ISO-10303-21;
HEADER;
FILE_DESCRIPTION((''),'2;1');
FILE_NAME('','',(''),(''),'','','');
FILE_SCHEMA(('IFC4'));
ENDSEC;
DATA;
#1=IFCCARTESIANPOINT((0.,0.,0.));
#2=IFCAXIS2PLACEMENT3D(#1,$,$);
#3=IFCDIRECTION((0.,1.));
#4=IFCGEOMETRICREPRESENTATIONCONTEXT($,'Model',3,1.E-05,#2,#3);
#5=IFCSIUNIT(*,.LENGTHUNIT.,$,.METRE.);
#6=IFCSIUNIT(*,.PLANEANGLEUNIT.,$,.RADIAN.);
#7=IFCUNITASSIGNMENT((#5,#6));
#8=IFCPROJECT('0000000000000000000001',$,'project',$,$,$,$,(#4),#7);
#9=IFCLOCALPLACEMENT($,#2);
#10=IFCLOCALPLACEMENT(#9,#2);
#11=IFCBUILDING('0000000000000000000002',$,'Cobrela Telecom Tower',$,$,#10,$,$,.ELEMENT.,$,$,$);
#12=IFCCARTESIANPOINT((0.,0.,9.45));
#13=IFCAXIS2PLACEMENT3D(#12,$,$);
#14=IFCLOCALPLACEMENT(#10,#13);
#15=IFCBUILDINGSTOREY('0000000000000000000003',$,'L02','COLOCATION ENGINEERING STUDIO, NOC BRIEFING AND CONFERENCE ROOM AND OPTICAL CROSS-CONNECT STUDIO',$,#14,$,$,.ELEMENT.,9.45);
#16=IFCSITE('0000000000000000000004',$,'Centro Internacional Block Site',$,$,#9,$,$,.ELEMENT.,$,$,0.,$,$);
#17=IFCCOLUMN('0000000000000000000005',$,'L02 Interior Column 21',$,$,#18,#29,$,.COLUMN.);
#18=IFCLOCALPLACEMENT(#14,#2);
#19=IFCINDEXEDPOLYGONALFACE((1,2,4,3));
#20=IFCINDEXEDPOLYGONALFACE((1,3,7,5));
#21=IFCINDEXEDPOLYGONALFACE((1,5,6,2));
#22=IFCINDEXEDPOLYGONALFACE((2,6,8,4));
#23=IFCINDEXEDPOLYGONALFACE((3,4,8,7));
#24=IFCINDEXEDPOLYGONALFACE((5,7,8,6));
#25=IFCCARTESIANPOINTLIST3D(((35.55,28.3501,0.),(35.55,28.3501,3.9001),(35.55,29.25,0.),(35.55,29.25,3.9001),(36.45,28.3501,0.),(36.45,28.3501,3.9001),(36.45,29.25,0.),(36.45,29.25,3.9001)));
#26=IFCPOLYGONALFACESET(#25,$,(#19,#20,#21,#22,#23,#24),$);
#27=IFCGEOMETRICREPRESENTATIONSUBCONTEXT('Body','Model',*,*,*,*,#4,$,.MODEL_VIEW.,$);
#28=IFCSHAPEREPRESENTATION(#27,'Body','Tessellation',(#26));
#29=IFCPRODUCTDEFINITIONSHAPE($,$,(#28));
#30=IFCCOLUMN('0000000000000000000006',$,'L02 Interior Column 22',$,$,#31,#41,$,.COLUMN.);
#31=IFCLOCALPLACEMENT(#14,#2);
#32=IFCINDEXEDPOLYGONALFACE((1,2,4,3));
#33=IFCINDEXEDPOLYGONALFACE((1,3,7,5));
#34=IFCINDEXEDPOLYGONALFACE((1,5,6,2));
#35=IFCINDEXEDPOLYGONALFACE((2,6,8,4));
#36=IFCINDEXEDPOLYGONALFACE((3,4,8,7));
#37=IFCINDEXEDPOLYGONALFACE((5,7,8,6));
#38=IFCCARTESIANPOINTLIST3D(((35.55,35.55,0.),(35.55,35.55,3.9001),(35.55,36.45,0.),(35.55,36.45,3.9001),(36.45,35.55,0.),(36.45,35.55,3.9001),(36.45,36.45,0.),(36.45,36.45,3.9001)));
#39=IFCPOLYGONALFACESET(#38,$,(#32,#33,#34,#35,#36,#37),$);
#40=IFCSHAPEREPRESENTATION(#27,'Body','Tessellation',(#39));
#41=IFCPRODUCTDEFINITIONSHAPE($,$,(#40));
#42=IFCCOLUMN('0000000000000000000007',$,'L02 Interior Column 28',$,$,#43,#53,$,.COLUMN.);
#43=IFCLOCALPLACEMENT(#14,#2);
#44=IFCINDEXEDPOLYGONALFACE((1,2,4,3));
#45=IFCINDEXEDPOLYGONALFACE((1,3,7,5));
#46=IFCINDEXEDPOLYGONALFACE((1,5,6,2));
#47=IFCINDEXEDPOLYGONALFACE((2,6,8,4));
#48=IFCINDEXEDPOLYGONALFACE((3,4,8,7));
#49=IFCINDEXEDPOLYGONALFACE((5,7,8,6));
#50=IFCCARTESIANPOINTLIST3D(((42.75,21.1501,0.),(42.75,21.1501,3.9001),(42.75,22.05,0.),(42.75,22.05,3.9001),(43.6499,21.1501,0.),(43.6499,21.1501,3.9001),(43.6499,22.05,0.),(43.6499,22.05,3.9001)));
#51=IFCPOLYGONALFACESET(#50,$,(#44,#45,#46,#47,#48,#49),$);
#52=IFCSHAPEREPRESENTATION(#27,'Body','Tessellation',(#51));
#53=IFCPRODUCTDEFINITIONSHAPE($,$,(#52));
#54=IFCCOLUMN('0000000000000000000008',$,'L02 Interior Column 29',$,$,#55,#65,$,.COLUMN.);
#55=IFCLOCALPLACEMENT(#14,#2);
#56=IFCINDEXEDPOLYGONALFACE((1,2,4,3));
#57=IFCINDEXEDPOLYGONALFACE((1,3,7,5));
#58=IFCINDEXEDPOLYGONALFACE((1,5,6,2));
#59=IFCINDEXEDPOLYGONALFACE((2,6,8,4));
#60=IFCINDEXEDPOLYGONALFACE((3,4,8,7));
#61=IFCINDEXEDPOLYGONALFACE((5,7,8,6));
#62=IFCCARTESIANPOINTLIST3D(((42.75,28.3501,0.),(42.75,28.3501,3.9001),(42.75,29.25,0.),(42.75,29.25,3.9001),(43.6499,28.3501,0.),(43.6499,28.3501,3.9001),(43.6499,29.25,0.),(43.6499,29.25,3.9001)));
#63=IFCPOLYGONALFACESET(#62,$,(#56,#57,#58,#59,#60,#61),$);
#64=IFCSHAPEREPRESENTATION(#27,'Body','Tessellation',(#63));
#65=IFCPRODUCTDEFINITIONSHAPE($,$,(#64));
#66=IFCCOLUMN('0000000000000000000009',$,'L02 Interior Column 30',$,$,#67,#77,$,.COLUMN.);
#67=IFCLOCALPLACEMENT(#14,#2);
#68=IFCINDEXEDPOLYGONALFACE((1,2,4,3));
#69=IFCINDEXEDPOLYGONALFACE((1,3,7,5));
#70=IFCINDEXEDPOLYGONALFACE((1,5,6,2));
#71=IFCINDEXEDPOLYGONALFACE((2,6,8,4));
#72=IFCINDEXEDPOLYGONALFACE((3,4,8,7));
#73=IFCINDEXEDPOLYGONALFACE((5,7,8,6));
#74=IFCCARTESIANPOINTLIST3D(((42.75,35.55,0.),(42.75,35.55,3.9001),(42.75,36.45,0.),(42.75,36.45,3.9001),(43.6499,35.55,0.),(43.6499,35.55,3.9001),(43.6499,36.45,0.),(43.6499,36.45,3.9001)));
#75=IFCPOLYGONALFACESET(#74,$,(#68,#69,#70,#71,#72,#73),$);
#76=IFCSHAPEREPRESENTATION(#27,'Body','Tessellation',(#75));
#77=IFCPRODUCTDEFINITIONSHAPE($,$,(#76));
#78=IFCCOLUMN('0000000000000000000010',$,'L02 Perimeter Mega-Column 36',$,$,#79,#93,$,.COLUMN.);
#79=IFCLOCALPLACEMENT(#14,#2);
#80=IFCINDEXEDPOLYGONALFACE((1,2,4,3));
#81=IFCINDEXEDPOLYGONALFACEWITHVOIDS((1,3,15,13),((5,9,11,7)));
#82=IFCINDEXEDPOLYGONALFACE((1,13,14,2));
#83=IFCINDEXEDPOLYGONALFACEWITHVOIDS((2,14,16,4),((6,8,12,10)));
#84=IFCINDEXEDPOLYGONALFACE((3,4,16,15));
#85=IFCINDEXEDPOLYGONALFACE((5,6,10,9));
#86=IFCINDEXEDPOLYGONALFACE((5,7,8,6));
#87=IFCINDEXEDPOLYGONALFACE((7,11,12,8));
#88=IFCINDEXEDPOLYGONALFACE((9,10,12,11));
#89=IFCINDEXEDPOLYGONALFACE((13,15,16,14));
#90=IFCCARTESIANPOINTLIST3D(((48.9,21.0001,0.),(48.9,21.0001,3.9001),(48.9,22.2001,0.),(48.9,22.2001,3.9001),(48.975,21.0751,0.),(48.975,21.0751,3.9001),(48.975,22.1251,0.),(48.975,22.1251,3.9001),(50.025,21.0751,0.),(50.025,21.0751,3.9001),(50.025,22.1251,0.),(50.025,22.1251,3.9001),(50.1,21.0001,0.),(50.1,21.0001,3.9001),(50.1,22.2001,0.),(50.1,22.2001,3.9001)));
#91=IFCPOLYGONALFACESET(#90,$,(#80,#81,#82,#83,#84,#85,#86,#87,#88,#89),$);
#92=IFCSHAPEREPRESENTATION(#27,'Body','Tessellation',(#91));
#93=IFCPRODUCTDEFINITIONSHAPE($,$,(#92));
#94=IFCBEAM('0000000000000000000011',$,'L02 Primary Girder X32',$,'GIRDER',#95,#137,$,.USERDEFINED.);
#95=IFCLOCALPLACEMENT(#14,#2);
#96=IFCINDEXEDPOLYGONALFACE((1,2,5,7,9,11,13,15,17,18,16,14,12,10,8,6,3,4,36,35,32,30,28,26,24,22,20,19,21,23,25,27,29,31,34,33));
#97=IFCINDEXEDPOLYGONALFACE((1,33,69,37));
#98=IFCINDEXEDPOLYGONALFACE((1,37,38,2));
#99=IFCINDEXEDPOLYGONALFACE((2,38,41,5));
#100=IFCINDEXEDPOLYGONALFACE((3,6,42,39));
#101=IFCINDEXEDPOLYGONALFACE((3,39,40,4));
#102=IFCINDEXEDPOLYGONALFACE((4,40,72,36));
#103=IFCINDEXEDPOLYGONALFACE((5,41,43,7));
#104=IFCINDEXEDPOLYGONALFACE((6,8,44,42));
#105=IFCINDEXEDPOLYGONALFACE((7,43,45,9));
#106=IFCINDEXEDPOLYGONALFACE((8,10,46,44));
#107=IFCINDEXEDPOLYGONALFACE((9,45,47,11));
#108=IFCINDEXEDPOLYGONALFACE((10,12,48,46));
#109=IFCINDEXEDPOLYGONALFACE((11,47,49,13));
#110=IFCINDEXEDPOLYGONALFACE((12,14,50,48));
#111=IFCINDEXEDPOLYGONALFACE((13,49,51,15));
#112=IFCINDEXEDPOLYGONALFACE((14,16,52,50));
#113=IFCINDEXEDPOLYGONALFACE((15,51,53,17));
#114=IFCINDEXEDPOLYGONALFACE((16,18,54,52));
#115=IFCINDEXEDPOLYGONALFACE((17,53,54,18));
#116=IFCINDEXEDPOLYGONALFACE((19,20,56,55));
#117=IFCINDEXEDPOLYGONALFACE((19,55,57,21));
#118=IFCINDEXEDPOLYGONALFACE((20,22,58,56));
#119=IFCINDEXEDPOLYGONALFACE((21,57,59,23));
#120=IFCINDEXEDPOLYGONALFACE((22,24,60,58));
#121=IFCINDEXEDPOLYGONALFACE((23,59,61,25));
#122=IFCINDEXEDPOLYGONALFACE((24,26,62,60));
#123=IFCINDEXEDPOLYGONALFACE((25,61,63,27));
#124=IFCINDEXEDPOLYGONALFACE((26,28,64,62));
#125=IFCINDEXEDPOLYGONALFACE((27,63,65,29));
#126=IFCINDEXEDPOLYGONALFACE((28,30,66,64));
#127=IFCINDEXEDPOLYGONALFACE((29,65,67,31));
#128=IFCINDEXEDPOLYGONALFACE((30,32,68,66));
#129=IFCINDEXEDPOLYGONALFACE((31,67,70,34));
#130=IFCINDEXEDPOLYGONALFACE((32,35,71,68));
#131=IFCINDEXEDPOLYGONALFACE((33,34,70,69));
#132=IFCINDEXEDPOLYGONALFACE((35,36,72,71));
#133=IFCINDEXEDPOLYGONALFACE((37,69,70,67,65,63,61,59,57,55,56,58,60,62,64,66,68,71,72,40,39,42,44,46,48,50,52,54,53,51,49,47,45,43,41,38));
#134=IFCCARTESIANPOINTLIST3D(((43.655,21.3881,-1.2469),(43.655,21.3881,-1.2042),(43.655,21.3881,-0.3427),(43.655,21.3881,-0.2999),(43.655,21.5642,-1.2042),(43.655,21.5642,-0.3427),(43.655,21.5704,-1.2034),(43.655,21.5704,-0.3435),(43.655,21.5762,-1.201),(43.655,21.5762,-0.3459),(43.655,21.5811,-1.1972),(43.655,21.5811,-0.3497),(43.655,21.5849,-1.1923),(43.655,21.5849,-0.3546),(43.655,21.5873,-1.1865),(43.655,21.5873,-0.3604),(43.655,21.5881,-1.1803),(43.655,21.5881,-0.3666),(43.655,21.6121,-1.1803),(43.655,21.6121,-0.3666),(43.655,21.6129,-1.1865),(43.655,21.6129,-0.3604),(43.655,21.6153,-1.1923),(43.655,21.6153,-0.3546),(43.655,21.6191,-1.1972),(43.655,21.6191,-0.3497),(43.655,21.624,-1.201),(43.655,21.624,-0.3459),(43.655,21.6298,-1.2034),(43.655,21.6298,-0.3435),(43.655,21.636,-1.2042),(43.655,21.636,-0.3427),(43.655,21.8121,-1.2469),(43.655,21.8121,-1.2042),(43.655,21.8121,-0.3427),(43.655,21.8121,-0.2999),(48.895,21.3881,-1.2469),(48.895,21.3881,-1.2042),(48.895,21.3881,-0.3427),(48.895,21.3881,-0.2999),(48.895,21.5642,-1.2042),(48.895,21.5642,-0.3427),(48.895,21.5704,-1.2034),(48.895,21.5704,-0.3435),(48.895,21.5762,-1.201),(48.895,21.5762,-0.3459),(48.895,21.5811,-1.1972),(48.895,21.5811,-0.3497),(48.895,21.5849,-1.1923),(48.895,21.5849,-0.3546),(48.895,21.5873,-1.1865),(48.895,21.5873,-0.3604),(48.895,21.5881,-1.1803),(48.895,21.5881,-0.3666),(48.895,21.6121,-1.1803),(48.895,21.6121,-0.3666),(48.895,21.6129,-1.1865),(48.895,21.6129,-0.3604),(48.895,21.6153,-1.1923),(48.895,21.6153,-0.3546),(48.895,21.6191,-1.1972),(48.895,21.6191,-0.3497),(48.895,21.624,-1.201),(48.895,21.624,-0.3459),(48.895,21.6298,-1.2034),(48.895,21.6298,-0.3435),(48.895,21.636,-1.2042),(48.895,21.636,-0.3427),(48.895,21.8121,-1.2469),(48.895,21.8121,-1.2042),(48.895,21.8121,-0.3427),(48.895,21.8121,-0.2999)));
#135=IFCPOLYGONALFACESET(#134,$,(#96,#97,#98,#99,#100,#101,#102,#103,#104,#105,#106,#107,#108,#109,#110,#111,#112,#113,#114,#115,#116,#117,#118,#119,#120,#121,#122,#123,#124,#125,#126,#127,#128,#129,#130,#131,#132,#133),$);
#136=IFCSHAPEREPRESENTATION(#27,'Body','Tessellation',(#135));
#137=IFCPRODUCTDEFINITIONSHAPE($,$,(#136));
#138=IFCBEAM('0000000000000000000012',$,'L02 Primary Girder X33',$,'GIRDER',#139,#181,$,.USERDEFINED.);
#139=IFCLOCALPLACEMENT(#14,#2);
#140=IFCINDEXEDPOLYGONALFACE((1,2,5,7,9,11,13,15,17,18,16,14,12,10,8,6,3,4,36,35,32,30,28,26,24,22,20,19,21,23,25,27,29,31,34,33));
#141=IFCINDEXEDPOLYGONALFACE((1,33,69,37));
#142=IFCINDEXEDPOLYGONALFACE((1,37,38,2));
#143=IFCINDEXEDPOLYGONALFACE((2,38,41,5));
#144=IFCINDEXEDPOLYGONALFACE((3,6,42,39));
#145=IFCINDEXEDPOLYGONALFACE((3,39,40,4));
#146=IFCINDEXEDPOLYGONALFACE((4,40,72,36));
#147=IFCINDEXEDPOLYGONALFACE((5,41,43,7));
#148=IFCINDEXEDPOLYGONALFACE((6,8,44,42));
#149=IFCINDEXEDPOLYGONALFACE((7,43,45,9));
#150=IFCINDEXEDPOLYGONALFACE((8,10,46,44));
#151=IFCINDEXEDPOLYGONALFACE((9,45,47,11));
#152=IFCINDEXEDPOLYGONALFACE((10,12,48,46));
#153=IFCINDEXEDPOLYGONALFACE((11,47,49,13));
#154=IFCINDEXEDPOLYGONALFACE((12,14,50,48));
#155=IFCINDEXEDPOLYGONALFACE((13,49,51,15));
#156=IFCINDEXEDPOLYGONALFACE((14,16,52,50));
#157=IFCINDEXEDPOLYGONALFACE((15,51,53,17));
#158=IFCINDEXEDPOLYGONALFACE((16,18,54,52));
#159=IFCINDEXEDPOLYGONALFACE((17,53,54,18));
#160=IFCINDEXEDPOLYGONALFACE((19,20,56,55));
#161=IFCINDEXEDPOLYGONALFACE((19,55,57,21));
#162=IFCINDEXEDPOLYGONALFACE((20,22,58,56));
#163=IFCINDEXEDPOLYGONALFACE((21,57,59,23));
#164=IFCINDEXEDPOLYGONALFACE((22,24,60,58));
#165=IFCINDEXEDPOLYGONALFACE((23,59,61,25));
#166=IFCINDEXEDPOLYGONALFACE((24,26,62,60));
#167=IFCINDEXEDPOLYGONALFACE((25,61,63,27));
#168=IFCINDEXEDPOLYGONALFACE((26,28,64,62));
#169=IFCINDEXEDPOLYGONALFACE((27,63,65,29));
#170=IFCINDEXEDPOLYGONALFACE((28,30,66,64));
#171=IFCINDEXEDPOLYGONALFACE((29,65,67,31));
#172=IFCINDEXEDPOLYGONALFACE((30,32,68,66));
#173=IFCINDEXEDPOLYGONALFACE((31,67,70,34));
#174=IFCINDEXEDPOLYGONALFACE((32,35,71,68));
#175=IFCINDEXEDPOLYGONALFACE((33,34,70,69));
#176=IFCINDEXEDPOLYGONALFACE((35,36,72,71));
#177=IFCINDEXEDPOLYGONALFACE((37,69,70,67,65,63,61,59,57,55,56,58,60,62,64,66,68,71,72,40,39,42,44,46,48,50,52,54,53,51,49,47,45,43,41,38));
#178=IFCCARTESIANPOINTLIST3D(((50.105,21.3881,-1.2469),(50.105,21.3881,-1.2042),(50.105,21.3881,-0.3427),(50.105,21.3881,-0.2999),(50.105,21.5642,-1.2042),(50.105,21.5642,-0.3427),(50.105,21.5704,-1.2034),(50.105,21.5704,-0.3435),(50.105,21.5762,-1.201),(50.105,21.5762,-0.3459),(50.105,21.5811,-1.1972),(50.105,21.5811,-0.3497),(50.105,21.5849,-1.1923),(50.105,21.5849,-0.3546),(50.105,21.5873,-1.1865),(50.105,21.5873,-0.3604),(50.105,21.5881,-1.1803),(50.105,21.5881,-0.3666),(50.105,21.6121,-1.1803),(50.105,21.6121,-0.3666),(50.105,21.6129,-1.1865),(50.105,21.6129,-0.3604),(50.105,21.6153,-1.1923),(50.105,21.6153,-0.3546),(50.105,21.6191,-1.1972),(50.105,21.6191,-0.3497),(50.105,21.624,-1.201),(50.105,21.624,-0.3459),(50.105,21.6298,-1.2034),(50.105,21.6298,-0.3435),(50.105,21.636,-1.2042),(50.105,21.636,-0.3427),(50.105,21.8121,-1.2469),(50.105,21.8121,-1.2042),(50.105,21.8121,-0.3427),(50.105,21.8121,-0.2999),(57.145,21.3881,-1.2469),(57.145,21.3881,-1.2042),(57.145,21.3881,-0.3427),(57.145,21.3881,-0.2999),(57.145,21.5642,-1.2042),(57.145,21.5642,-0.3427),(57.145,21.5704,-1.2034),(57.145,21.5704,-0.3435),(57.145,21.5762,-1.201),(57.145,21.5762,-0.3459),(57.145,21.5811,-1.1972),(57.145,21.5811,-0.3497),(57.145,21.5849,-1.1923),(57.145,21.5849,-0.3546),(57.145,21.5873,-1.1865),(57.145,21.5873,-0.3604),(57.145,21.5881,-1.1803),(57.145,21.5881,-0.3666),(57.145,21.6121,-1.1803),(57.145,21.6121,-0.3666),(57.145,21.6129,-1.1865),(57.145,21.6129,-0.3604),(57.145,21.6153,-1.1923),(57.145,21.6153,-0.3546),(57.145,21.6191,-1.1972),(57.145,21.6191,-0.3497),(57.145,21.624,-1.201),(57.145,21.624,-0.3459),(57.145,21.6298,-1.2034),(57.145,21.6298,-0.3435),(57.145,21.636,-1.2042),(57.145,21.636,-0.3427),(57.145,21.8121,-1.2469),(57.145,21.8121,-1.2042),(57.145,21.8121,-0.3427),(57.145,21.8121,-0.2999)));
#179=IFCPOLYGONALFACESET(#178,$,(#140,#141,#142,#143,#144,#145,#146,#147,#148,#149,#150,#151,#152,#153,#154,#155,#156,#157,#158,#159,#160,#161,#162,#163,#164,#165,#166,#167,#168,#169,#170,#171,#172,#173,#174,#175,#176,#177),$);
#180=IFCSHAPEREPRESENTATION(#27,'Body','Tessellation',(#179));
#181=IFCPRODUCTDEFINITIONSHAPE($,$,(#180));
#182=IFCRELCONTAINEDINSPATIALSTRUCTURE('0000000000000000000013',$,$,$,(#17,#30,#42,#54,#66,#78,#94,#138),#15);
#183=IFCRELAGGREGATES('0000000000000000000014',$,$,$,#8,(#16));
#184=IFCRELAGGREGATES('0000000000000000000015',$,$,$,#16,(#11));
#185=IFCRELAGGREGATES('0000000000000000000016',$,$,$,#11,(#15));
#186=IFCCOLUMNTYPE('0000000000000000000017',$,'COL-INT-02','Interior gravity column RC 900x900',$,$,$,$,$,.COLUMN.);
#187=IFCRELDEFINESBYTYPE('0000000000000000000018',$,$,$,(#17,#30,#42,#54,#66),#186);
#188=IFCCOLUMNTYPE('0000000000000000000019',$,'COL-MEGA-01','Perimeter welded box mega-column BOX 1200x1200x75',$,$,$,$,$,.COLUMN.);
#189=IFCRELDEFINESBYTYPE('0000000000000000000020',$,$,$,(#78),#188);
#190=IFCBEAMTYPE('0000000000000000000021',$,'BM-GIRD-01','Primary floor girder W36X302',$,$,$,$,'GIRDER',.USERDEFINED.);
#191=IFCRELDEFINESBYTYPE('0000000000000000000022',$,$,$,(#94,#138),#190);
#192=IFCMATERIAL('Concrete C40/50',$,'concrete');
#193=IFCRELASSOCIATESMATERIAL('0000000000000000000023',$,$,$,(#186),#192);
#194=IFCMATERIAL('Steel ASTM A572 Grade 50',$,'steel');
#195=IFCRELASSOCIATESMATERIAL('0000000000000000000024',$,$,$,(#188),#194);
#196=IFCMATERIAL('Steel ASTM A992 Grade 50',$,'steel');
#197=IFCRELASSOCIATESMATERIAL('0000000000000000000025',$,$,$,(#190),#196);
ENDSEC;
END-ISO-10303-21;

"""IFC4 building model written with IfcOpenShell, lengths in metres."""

from ifc_helpers import new_model, si_unit, direction, frame, origin, origin_2d, place, context, subcontext, project, spatial, rectangle, hollow_rectangle, i_section, extrude, material, material_profile, profile_set, type_object, element, save


model = new_model("IFC4")

# Units and contexts
model_context = context("Model", 3, precision=1e-05, world=origin(), true_north=direction((0.0, 1.0)))
body_context = subcontext(model_context, "Body", "Model", "MODEL_VIEW")
ifc_project = project(units=[si_unit("LENGTHUNIT", "METRE"), si_unit("PLANEANGLEUNIT", "RADIAN")], contexts=[model_context])

# Site, building, storey
site_placement = place(None, origin())
site = spatial("IfcSite", under=ifc_project, at=site_placement, Name="Centro Internacional Block Site", CompositionType="ELEMENT", RefElevation=0.0)
building_placement = place(site_placement, origin())
building = spatial("IfcBuilding", under=site, at=building_placement, Name="Cobrela Telecom Tower", CompositionType="ELEMENT")
storey_placement = place(building_placement, frame((0.0, 0.0, 9.45)))
storey = spatial("IfcBuildingStorey", under=building, at=storey_placement, Name="L02", Description="COLOCATION ENGINEERING STUDIO, NOC BRIEFING AND CONFERENCE ROOM AND OPTICAL CROSS-CONNECT STUDIO", CompositionType="ELEMENT", Elevation=9.45)

# Columns
ifc_material_1 = material(Name="Concrete C40/50", Category="concrete")
ifc_material_profile_1 = material_profile(ifc_material_1, rectangle(XDim=0.8999, YDim=0.8999, at=origin_2d()), Name="RC 900x900")
ifc_profile_set_1 = profile_set([ifc_material_profile_1], Name="Concrete C40/50")
column_type_1 = type_object("IfcColumnType", Name="COL-INT-02", Description="Interior gravity column RC 900x900", PredefinedType="COLUMN", material=ifc_profile_set_1)
for number, where, z_axis, x_axis, name in (
    (1, (36.0, 28.8, 0.0), (0.0, 0.0, 1.0), (1.0, 0.0, 0.0), "L02 Interior Column 21"),
    (2, (36.0, 36.0, 0.0), (0.0, 0.0, 1.0), (1.0, 0.0, 0.0), "L02 Interior Column 22"),
    (3, (43.2, 21.6001, 0.0), (0.0, 0.0, 1.0), (1.0, 0.0, 0.0), "L02 Interior Column 28"),
    (4, (43.2, 28.8, 0.0), (0.0, 0.0, 1.0), (1.0, 0.0, 0.0), "L02 Interior Column 29"),
    (5, (43.2, 36.0, 0.0), (0.0, 0.0, 1.0), (1.0, 0.0, 0.0), "L02 Interior Column 30"),
):
    element("IfcColumn", number, at=place(storey_placement, frame(where, z_axis=z_axis, x_axis=x_axis)), inside=storey, type_object=column_type_1, Name=name, PredefinedType="COLUMN", context=body_context, shape_type="SweptSolid", body=[
        extrude(rectangle(XDim=0.8999, YDim=0.8999, at=origin_2d()), origin(), (0.0, 0.0, 1.0), 3.9001),
    ])
ifc_material_2 = material(Name="Steel ASTM A572 Grade 50", Category="steel")
ifc_material_profile_2 = material_profile(ifc_material_2, hollow_rectangle(XDim=1.2, YDim=1.2, WallThickness=0.075, at=origin_2d()), Name="BOX 1200x1200x75")
ifc_profile_set_2 = profile_set([ifc_material_profile_2], Name="Steel ASTM A572 Grade 50")
column_type_2 = type_object("IfcColumnType", Name="COL-MEGA-01", Description="Perimeter welded box mega-column BOX 1200x1200x75", PredefinedType="COLUMN", material=ifc_profile_set_2)
column_placement = place(storey_placement, frame((49.5, 21.6001, 0.0), z_axis=(0.0, 0.0, 1.0), x_axis=(1.0, 0.0, 0.0)))
element("IfcColumn", 6, at=column_placement, inside=storey, type_object=column_type_2, Name="L02 Perimeter Mega-Column 36", PredefinedType="COLUMN", context=body_context, shape_type="SweptSolid", body=[
    extrude(hollow_rectangle(XDim=1.2, YDim=1.2, WallThickness=0.075, at=origin_2d()), origin(), (0.0, 0.0, 1.0), 3.9001),
])

# Beams
ifc_material_3 = material(Name="Steel ASTM A992 Grade 50", Category="steel")
ifc_material_profile_3 = material_profile(ifc_material_3, i_section(OverallWidth=0.4241, OverallDepth=0.947, WebThickness=0.0239, FlangeThickness=0.0427, FilletRadius=0.0239, at=origin_2d()), Name="W36X302")
ifc_profile_set_3 = profile_set([ifc_material_profile_3], Name="Steel ASTM A992 Grade 50")
beam_type_1 = type_object("IfcBeamType", Name="BM-GIRD-01", Description="Primary floor girder W36X302", ElementType="GIRDER", PredefinedType="USERDEFINED", material=ifc_profile_set_3)
beam_1_placement = place(storey_placement, frame((43.655, 21.6001, -0.7734), z_axis=(1.0, 0.0, 0.0), x_axis=(0.0, 1.0, 0.0)))
element("IfcBeam", 7, at=beam_1_placement, inside=storey, type_object=beam_type_1, Name="L02 Primary Girder X32", ObjectType="GIRDER", PredefinedType="USERDEFINED", context=body_context, shape_type="SweptSolid", body=[
    extrude(i_section(OverallWidth=0.4241, OverallDepth=0.947, WebThickness=0.0239, FlangeThickness=0.0427, FilletRadius=0.0239, at=origin_2d()), origin(), (0.0, 0.0, 1.0), 5.24),
])
beam_2_placement = place(storey_placement, frame((50.105, 21.6001, -0.7734), z_axis=(1.0, 0.0, 0.0), x_axis=(0.0, 1.0, 0.0)))
element("IfcBeam", 8, at=beam_2_placement, inside=storey, type_object=beam_type_1, Name="L02 Primary Girder X33", ObjectType="GIRDER", PredefinedType="USERDEFINED", context=body_context, shape_type="SweptSolid", body=[
    extrude(i_section(OverallWidth=0.4241, OverallDepth=0.947, WebThickness=0.0239, FlangeThickness=0.0427, FilletRadius=0.0239, at=origin_2d()), origin(), (0.0, 0.0, 1.0), 7.04),
])

save(model, "model.ifc")
